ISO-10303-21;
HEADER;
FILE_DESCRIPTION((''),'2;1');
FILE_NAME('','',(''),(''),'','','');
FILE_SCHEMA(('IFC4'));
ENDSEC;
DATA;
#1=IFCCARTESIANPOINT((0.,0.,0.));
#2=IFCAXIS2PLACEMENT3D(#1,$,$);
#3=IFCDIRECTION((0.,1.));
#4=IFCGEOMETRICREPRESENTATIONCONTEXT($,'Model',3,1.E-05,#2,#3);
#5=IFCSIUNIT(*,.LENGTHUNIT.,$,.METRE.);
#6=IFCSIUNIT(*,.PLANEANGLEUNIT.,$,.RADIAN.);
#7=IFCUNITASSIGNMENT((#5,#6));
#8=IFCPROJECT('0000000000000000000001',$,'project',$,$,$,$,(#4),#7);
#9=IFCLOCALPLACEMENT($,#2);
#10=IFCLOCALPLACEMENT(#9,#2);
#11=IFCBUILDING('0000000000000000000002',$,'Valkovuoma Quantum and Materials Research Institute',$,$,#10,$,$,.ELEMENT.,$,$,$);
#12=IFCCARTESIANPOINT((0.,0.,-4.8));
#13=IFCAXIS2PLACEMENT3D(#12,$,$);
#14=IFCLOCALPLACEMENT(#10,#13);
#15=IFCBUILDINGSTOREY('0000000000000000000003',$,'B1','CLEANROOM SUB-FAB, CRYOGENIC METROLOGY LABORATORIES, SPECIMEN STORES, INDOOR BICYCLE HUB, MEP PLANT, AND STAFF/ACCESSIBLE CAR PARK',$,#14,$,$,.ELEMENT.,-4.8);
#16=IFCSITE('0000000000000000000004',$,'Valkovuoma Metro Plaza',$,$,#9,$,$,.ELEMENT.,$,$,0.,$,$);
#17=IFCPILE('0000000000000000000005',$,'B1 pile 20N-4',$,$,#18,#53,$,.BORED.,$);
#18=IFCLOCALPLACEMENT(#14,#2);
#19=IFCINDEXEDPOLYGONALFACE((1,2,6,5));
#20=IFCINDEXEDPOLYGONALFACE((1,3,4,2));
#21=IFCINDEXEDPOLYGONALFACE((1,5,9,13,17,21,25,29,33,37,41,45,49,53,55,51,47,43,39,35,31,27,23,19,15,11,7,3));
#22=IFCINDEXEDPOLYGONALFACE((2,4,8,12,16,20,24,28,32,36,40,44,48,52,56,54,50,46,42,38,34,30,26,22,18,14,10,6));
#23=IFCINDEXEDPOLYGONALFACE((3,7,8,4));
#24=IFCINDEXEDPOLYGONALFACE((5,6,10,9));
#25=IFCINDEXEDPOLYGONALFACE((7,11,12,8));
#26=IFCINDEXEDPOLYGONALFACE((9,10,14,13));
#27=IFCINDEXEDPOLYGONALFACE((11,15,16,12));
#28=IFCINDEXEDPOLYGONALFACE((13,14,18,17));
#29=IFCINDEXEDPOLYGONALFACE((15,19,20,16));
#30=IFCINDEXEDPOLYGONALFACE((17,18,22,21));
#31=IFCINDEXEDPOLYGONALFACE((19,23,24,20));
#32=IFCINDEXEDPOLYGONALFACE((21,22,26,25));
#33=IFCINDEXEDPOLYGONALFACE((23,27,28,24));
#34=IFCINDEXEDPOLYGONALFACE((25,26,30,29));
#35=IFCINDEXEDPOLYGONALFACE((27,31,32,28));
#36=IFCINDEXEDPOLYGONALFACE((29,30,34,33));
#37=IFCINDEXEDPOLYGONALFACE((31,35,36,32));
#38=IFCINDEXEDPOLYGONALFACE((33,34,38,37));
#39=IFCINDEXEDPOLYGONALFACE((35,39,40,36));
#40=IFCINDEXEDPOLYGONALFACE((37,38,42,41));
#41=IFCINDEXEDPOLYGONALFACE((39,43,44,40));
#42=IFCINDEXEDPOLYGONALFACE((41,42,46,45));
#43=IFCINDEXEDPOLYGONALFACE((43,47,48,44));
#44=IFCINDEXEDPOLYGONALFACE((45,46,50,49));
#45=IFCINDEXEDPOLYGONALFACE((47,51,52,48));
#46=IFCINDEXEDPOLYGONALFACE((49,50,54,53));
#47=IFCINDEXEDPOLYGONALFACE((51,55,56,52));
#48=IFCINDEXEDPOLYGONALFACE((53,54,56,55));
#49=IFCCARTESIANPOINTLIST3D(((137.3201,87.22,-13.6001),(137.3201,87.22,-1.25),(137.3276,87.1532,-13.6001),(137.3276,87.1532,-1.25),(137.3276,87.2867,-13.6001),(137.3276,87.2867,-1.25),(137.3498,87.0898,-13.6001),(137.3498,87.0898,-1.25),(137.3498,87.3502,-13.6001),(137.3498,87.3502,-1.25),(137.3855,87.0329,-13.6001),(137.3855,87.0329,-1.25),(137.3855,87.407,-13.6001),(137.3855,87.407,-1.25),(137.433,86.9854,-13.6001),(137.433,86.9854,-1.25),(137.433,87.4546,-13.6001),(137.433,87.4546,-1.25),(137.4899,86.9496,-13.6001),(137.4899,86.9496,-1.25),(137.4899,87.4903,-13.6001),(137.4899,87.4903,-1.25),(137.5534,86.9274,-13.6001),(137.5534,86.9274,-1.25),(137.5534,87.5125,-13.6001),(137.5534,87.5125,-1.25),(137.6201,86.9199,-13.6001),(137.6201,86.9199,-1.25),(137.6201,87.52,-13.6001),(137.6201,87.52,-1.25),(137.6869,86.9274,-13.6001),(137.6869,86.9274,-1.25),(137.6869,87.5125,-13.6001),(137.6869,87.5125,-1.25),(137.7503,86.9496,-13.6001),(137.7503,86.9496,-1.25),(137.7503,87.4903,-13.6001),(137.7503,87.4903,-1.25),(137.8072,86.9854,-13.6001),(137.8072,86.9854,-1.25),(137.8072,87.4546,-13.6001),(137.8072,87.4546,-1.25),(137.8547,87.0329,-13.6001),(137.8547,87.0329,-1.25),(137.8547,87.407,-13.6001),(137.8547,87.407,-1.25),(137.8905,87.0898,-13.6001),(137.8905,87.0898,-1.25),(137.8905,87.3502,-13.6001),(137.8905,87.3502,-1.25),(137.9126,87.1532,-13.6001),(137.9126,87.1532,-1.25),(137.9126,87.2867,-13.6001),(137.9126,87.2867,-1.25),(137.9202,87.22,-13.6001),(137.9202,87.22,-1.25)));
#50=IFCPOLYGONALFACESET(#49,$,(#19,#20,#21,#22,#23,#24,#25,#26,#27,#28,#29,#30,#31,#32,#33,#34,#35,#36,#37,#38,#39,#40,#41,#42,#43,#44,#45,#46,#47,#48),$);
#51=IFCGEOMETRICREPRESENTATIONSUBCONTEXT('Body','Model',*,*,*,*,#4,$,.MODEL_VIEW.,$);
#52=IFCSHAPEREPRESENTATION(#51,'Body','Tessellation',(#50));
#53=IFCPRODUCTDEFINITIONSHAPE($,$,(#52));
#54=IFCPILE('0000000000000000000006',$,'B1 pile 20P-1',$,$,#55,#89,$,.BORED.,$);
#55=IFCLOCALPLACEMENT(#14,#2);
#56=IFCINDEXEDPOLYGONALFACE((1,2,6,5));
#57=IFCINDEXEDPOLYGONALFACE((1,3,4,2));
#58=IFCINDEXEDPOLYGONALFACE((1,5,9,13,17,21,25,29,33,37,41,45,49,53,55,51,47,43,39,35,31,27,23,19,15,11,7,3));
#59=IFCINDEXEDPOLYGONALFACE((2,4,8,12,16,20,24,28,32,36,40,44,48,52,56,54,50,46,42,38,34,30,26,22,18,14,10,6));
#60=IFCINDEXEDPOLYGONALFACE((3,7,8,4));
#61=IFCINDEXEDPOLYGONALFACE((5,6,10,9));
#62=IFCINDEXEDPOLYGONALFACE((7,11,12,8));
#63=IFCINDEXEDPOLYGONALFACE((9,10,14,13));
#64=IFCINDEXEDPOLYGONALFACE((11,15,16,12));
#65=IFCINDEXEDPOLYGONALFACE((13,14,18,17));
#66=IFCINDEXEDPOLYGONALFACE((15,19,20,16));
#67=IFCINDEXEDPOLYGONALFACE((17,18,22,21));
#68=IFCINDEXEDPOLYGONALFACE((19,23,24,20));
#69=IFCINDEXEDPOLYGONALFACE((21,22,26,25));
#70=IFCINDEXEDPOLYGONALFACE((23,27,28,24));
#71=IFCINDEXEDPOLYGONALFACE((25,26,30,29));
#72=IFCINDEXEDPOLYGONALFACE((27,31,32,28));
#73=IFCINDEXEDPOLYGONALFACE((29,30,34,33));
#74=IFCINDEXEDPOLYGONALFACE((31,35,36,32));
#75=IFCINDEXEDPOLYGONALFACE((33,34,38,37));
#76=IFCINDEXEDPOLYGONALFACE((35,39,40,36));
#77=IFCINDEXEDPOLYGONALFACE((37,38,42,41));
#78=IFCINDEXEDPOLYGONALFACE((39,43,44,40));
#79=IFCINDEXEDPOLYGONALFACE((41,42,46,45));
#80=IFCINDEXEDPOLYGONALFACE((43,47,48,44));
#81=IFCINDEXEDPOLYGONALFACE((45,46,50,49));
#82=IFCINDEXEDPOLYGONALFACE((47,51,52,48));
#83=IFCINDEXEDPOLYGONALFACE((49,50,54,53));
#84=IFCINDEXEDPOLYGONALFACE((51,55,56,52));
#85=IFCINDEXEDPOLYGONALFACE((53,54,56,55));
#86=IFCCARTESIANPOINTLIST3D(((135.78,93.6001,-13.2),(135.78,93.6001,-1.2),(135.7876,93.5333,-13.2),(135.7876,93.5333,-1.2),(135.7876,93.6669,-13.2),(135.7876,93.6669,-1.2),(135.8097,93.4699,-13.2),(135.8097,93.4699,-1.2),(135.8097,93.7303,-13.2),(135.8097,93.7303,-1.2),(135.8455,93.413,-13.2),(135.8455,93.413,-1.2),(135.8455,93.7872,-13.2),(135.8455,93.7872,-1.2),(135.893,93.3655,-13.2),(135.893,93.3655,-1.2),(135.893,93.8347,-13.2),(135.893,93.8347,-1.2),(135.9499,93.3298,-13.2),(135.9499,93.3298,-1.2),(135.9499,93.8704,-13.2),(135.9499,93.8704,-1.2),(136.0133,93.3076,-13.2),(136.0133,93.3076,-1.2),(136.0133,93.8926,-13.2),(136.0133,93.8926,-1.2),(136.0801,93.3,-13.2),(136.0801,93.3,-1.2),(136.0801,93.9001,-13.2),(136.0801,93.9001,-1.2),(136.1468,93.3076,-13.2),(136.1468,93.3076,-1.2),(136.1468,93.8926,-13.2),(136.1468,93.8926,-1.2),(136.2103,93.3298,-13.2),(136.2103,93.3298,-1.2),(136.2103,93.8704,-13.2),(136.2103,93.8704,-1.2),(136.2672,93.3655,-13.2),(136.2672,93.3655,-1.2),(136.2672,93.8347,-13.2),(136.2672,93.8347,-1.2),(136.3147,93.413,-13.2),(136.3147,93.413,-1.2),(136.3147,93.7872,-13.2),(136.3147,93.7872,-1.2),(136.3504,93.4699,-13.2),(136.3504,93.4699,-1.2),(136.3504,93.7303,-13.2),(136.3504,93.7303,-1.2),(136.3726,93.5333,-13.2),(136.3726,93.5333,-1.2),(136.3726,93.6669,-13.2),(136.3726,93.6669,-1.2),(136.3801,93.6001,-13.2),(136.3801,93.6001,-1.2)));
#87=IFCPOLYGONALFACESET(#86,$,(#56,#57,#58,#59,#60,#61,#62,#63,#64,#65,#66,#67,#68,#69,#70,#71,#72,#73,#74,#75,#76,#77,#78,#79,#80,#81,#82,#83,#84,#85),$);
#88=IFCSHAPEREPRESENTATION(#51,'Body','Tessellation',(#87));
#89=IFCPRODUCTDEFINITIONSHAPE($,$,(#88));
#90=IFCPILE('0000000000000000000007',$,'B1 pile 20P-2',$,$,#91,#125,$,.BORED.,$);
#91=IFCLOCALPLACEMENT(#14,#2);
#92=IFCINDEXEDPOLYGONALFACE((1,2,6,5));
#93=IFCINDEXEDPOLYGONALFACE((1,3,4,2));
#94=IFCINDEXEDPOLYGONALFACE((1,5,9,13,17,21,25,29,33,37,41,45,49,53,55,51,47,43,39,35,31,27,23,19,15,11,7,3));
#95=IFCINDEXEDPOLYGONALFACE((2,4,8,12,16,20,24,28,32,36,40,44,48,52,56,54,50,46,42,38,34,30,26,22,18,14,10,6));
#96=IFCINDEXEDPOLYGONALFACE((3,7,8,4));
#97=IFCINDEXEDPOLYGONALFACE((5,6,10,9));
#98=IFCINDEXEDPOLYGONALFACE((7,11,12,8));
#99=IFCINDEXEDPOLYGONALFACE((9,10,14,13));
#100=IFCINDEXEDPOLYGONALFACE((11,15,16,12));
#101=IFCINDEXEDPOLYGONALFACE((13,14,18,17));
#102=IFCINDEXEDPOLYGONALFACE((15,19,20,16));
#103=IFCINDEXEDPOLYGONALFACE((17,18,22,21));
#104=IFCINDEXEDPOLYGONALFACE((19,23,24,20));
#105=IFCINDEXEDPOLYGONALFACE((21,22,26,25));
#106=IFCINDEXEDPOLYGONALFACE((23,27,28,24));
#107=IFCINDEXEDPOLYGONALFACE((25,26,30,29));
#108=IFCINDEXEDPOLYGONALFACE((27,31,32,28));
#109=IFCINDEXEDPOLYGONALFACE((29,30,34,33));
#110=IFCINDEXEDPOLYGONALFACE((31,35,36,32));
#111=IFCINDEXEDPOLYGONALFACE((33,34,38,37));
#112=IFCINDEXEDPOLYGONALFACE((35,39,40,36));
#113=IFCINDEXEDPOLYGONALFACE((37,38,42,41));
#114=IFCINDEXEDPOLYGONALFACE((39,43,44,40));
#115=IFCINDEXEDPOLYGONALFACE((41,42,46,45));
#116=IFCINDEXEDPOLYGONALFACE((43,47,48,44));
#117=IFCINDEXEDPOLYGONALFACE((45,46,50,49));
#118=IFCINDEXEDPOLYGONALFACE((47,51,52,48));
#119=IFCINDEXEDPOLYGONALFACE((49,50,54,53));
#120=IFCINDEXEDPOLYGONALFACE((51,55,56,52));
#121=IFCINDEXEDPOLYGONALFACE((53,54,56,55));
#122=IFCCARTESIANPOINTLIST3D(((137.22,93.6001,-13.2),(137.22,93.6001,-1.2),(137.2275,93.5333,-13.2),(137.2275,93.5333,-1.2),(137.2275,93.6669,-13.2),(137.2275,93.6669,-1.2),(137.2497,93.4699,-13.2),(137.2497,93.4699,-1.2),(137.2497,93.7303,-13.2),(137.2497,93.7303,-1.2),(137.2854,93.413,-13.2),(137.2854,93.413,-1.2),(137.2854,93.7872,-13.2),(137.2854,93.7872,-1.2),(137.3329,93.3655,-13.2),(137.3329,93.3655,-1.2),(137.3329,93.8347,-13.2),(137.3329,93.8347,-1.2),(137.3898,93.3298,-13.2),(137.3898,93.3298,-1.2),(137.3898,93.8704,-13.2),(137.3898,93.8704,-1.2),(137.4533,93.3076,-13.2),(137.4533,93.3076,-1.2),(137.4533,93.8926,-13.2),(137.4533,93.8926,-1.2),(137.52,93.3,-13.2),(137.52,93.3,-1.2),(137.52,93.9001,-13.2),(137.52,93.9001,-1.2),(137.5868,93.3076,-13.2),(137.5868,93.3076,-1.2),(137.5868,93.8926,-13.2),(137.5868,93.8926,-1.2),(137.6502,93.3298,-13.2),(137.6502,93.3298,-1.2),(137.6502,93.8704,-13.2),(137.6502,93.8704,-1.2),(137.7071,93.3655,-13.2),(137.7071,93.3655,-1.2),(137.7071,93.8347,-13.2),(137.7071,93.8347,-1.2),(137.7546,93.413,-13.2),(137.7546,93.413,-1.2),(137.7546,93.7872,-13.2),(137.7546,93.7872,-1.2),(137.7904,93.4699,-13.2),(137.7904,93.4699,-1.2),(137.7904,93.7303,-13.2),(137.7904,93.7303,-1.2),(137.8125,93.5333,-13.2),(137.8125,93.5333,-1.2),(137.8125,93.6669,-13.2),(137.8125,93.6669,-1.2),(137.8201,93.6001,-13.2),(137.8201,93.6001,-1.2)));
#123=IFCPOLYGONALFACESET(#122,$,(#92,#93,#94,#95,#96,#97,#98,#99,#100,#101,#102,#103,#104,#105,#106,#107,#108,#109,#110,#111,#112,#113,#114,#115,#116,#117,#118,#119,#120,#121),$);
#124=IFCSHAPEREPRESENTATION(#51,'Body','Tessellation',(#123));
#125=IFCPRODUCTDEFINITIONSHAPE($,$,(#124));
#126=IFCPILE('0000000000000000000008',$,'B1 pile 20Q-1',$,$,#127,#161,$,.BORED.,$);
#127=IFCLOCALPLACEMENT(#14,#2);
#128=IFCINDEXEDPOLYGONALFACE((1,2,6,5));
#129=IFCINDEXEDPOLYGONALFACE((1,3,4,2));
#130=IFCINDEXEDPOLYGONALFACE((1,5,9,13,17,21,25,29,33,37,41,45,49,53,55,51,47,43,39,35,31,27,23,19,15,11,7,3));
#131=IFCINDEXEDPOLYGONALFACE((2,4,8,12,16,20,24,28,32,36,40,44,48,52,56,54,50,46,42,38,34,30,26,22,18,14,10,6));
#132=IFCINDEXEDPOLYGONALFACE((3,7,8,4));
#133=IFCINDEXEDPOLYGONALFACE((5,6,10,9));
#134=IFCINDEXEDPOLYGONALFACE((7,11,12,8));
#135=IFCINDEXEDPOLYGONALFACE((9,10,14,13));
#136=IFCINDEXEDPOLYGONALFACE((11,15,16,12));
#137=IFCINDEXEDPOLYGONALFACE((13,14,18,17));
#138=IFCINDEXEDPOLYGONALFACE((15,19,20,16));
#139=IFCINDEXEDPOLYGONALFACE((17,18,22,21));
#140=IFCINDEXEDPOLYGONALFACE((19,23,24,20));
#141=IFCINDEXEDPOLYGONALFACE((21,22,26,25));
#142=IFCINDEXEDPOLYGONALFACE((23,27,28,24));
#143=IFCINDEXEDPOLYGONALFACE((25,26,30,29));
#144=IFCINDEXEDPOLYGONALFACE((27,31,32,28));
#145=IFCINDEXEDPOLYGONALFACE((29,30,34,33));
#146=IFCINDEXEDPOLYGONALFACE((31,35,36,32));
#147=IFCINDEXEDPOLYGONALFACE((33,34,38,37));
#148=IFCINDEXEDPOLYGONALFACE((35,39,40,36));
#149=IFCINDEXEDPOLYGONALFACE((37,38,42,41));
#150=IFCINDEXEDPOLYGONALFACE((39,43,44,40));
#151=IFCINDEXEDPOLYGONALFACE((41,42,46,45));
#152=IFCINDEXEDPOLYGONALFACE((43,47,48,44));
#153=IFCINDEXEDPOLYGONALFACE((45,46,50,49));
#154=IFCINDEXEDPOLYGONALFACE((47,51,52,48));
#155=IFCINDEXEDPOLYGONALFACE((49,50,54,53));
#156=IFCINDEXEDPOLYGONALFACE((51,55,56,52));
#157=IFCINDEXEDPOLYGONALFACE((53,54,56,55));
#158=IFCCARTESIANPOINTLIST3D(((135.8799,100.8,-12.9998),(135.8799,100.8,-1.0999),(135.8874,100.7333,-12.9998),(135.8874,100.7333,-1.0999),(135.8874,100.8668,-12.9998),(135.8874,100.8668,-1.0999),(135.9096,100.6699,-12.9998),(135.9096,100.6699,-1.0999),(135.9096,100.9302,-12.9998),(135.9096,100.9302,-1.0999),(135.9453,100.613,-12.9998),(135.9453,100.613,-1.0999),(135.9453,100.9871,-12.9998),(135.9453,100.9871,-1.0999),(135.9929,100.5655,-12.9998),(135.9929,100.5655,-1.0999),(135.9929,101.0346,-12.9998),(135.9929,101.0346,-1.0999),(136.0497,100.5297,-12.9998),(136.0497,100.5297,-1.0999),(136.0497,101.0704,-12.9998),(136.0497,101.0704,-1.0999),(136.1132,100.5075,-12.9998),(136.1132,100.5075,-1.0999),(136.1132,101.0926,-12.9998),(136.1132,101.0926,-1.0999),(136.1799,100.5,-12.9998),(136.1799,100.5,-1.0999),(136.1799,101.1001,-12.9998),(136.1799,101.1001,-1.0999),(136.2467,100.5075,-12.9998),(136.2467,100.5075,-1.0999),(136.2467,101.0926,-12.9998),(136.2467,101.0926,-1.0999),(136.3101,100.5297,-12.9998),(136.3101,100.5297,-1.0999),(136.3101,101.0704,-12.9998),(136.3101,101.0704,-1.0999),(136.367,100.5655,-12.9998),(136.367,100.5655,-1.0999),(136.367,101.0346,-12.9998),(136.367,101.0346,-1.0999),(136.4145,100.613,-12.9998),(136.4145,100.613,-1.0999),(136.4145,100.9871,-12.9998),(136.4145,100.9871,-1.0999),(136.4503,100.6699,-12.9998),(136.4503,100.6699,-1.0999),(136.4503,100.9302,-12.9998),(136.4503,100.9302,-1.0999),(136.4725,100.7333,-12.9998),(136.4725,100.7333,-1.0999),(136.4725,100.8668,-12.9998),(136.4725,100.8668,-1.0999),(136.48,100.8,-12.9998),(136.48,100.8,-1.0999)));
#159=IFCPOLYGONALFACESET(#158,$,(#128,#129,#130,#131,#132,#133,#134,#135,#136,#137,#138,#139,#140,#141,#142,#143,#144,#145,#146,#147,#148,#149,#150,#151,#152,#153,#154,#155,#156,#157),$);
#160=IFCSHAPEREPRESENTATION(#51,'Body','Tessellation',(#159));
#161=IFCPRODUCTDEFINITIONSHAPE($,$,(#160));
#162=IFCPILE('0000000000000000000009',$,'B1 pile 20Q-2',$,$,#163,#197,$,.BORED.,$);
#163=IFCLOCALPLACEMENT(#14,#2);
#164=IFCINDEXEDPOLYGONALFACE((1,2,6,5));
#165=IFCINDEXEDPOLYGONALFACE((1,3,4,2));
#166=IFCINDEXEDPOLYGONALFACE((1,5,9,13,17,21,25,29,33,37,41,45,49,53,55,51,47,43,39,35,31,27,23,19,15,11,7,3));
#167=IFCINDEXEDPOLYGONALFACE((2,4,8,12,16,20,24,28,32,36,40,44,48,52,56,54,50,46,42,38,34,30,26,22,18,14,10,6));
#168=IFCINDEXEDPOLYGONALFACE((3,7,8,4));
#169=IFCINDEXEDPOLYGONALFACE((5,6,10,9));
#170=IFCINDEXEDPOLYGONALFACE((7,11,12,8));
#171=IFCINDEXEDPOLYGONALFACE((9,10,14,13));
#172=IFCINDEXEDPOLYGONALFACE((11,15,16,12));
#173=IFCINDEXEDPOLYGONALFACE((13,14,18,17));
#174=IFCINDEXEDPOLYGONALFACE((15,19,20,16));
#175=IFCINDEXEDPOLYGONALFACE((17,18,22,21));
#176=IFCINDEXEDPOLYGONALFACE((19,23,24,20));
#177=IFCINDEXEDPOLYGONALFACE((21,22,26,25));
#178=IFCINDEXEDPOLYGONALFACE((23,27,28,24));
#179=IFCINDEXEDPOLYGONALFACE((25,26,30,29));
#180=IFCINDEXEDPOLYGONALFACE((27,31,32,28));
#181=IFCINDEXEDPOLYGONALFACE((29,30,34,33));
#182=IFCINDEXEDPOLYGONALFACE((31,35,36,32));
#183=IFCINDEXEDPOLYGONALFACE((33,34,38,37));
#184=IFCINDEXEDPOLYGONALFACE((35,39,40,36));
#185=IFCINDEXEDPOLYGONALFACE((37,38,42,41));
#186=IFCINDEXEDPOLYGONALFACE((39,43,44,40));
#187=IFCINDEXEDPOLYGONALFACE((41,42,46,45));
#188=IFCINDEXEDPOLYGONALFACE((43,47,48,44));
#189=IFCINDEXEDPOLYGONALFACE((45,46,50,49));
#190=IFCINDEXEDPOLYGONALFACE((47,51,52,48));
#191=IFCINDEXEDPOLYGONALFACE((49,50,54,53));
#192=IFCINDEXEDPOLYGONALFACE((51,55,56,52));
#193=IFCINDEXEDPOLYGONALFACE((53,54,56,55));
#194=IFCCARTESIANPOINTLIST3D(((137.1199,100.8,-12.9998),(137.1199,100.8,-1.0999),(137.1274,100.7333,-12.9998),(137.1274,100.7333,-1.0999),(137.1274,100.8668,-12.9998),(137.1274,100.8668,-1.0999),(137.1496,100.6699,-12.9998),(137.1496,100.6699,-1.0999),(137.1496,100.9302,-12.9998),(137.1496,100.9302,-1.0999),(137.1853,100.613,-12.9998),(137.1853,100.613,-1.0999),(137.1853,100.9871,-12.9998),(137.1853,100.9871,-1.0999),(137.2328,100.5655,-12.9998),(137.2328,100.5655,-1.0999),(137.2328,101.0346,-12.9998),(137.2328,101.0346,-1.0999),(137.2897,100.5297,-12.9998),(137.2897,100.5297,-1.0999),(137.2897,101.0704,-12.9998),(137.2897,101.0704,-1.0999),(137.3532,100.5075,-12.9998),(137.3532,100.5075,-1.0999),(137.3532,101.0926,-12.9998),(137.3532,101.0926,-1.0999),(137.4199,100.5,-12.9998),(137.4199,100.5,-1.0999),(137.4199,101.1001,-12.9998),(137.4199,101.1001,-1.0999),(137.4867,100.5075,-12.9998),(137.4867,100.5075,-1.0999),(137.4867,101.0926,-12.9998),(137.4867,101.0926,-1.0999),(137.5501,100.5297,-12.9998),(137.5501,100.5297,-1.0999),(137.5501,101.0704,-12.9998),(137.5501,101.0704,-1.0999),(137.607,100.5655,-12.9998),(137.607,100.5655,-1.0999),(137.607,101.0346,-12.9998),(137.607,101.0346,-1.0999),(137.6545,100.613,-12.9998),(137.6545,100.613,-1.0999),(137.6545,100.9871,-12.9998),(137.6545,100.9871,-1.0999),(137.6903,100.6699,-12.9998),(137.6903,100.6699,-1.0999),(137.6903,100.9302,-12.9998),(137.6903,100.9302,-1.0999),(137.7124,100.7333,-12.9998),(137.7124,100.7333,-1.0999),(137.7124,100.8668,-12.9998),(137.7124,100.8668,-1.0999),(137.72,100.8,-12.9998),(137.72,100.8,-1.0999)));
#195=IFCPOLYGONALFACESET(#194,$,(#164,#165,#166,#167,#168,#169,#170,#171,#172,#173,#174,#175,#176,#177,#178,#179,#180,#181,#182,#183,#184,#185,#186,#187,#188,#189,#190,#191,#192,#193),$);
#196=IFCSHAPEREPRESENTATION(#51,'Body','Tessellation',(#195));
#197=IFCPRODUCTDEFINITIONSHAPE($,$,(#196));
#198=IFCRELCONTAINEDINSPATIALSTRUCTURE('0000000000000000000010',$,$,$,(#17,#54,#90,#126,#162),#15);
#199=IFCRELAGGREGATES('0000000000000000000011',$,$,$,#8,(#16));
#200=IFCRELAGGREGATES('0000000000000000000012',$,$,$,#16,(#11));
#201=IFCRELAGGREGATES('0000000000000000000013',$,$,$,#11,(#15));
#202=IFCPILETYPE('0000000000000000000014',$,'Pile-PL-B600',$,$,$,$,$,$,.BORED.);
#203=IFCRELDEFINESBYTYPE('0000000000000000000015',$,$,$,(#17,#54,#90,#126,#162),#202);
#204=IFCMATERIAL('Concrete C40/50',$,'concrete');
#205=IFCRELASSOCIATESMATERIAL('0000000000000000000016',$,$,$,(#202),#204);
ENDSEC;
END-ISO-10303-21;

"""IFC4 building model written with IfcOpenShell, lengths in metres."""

from ifc_helpers import new_model, si_unit, direction, frame, origin, origin_2d, place, context, subcontext, project, spatial, circle, extrude, material, material_profile, profile_set, type_object, element, save


model = new_model("IFC4")

# Units and contexts
model_context = context("Model", 3, precision=1e-05, world=origin(), true_north=direction((0.0, 1.0)))
body_context = subcontext(model_context, "Body", "Model", "MODEL_VIEW")
ifc_project = project(units=[si_unit("LENGTHUNIT", "METRE"), si_unit("PLANEANGLEUNIT", "RADIAN")], contexts=[model_context])

# Site, building, storey
site_placement = place(None, origin())
site = spatial("IfcSite", under=ifc_project, at=site_placement, Name="Valkovuoma Metro Plaza", CompositionType="ELEMENT", RefElevation=0.0)
building_placement = place(site_placement, origin())
building = spatial("IfcBuilding", under=site, at=building_placement, Name="Valkovuoma Quantum and Materials Research Institute", CompositionType="ELEMENT")
storey_placement = place(building_placement, frame((0.0, 0.0, -4.8)))
storey = spatial("IfcBuildingStorey", under=building, at=storey_placement, Name="B1", Description="CLEANROOM SUB-FAB, CRYOGENIC METROLOGY LABORATORIES, SPECIMEN STORES, INDOOR BICYCLE HUB, MEP PLANT, AND STAFF/ACCESSIBLE CAR PARK", CompositionType="ELEMENT", Elevation=-4.8)

# Piles
ifc_material_1 = material(Name="Concrete C40/50", Category="concrete")
ifc_material_profile_1 = material_profile(ifc_material_1, circle(Radius=0.3, at=origin_2d()), Name="Concrete C40/50")
ifc_profile_set_1 = profile_set([ifc_material_profile_1], Name="Concrete C40/50")
pile_type_1 = type_object("IfcPileType", Name="Pile-PL-B600", PredefinedType="BORED", material=ifc_profile_set_1)
pile_1_placement = place(storey_placement, frame((137.6201, 87.22, -1.25), z_axis=(0.0, 0.0, -1.0), x_axis=(1.0, 0.0, 0.0)))
element("IfcPile", 1, at=pile_1_placement, inside=storey, type_object=pile_type_1, Name="B1 pile 20N-4", PredefinedType="BORED", context=body_context, shape_type="SweptSolid", body=[
    extrude(circle(Radius=0.3, at=origin_2d()), origin(), (0.0, 0.0, 1.0), 12.3501),
])
for number, where, z_axis, x_axis, name in (
    (2, (136.0801, 93.6001, -1.2), (0.0, 0.0, -1.0), (1.0, 0.0, 0.0), "B1 pile 20P-1"),
    (3, (137.52, 93.6001, -1.2), (0.0, 0.0, -1.0), (1.0, 0.0, 0.0), "B1 pile 20P-2"),
):
    element("IfcPile", number, at=place(storey_placement, frame(where, z_axis=z_axis, x_axis=x_axis)), inside=storey, type_object=pile_type_1, Name=name, PredefinedType="BORED", context=body_context, shape_type="SweptSolid", body=[
        extrude(circle(Radius=0.3, at=origin_2d()), origin(), (0.0, 0.0, 1.0), 12.0),
    ])
for number, where, z_axis, x_axis, name in (
    (4, (136.1799, 100.8, -1.0999), (0.0, 0.0, -1.0), (1.0, 0.0, 0.0), "B1 pile 20Q-1"),
    (5, (137.4199, 100.8, -1.0999), (0.0, 0.0, -1.0), (1.0, 0.0, 0.0), "B1 pile 20Q-2"),
):
    element("IfcPile", number, at=place(storey_placement, frame(where, z_axis=z_axis, x_axis=x_axis)), inside=storey, type_object=pile_type_1, Name=name, PredefinedType="BORED", context=body_context, shape_type="SweptSolid", body=[
        extrude(circle(Radius=0.3, at=origin_2d()), origin(), (0.0, 0.0, 1.0), 11.8999),
    ])

save(model, "model.ifc")
